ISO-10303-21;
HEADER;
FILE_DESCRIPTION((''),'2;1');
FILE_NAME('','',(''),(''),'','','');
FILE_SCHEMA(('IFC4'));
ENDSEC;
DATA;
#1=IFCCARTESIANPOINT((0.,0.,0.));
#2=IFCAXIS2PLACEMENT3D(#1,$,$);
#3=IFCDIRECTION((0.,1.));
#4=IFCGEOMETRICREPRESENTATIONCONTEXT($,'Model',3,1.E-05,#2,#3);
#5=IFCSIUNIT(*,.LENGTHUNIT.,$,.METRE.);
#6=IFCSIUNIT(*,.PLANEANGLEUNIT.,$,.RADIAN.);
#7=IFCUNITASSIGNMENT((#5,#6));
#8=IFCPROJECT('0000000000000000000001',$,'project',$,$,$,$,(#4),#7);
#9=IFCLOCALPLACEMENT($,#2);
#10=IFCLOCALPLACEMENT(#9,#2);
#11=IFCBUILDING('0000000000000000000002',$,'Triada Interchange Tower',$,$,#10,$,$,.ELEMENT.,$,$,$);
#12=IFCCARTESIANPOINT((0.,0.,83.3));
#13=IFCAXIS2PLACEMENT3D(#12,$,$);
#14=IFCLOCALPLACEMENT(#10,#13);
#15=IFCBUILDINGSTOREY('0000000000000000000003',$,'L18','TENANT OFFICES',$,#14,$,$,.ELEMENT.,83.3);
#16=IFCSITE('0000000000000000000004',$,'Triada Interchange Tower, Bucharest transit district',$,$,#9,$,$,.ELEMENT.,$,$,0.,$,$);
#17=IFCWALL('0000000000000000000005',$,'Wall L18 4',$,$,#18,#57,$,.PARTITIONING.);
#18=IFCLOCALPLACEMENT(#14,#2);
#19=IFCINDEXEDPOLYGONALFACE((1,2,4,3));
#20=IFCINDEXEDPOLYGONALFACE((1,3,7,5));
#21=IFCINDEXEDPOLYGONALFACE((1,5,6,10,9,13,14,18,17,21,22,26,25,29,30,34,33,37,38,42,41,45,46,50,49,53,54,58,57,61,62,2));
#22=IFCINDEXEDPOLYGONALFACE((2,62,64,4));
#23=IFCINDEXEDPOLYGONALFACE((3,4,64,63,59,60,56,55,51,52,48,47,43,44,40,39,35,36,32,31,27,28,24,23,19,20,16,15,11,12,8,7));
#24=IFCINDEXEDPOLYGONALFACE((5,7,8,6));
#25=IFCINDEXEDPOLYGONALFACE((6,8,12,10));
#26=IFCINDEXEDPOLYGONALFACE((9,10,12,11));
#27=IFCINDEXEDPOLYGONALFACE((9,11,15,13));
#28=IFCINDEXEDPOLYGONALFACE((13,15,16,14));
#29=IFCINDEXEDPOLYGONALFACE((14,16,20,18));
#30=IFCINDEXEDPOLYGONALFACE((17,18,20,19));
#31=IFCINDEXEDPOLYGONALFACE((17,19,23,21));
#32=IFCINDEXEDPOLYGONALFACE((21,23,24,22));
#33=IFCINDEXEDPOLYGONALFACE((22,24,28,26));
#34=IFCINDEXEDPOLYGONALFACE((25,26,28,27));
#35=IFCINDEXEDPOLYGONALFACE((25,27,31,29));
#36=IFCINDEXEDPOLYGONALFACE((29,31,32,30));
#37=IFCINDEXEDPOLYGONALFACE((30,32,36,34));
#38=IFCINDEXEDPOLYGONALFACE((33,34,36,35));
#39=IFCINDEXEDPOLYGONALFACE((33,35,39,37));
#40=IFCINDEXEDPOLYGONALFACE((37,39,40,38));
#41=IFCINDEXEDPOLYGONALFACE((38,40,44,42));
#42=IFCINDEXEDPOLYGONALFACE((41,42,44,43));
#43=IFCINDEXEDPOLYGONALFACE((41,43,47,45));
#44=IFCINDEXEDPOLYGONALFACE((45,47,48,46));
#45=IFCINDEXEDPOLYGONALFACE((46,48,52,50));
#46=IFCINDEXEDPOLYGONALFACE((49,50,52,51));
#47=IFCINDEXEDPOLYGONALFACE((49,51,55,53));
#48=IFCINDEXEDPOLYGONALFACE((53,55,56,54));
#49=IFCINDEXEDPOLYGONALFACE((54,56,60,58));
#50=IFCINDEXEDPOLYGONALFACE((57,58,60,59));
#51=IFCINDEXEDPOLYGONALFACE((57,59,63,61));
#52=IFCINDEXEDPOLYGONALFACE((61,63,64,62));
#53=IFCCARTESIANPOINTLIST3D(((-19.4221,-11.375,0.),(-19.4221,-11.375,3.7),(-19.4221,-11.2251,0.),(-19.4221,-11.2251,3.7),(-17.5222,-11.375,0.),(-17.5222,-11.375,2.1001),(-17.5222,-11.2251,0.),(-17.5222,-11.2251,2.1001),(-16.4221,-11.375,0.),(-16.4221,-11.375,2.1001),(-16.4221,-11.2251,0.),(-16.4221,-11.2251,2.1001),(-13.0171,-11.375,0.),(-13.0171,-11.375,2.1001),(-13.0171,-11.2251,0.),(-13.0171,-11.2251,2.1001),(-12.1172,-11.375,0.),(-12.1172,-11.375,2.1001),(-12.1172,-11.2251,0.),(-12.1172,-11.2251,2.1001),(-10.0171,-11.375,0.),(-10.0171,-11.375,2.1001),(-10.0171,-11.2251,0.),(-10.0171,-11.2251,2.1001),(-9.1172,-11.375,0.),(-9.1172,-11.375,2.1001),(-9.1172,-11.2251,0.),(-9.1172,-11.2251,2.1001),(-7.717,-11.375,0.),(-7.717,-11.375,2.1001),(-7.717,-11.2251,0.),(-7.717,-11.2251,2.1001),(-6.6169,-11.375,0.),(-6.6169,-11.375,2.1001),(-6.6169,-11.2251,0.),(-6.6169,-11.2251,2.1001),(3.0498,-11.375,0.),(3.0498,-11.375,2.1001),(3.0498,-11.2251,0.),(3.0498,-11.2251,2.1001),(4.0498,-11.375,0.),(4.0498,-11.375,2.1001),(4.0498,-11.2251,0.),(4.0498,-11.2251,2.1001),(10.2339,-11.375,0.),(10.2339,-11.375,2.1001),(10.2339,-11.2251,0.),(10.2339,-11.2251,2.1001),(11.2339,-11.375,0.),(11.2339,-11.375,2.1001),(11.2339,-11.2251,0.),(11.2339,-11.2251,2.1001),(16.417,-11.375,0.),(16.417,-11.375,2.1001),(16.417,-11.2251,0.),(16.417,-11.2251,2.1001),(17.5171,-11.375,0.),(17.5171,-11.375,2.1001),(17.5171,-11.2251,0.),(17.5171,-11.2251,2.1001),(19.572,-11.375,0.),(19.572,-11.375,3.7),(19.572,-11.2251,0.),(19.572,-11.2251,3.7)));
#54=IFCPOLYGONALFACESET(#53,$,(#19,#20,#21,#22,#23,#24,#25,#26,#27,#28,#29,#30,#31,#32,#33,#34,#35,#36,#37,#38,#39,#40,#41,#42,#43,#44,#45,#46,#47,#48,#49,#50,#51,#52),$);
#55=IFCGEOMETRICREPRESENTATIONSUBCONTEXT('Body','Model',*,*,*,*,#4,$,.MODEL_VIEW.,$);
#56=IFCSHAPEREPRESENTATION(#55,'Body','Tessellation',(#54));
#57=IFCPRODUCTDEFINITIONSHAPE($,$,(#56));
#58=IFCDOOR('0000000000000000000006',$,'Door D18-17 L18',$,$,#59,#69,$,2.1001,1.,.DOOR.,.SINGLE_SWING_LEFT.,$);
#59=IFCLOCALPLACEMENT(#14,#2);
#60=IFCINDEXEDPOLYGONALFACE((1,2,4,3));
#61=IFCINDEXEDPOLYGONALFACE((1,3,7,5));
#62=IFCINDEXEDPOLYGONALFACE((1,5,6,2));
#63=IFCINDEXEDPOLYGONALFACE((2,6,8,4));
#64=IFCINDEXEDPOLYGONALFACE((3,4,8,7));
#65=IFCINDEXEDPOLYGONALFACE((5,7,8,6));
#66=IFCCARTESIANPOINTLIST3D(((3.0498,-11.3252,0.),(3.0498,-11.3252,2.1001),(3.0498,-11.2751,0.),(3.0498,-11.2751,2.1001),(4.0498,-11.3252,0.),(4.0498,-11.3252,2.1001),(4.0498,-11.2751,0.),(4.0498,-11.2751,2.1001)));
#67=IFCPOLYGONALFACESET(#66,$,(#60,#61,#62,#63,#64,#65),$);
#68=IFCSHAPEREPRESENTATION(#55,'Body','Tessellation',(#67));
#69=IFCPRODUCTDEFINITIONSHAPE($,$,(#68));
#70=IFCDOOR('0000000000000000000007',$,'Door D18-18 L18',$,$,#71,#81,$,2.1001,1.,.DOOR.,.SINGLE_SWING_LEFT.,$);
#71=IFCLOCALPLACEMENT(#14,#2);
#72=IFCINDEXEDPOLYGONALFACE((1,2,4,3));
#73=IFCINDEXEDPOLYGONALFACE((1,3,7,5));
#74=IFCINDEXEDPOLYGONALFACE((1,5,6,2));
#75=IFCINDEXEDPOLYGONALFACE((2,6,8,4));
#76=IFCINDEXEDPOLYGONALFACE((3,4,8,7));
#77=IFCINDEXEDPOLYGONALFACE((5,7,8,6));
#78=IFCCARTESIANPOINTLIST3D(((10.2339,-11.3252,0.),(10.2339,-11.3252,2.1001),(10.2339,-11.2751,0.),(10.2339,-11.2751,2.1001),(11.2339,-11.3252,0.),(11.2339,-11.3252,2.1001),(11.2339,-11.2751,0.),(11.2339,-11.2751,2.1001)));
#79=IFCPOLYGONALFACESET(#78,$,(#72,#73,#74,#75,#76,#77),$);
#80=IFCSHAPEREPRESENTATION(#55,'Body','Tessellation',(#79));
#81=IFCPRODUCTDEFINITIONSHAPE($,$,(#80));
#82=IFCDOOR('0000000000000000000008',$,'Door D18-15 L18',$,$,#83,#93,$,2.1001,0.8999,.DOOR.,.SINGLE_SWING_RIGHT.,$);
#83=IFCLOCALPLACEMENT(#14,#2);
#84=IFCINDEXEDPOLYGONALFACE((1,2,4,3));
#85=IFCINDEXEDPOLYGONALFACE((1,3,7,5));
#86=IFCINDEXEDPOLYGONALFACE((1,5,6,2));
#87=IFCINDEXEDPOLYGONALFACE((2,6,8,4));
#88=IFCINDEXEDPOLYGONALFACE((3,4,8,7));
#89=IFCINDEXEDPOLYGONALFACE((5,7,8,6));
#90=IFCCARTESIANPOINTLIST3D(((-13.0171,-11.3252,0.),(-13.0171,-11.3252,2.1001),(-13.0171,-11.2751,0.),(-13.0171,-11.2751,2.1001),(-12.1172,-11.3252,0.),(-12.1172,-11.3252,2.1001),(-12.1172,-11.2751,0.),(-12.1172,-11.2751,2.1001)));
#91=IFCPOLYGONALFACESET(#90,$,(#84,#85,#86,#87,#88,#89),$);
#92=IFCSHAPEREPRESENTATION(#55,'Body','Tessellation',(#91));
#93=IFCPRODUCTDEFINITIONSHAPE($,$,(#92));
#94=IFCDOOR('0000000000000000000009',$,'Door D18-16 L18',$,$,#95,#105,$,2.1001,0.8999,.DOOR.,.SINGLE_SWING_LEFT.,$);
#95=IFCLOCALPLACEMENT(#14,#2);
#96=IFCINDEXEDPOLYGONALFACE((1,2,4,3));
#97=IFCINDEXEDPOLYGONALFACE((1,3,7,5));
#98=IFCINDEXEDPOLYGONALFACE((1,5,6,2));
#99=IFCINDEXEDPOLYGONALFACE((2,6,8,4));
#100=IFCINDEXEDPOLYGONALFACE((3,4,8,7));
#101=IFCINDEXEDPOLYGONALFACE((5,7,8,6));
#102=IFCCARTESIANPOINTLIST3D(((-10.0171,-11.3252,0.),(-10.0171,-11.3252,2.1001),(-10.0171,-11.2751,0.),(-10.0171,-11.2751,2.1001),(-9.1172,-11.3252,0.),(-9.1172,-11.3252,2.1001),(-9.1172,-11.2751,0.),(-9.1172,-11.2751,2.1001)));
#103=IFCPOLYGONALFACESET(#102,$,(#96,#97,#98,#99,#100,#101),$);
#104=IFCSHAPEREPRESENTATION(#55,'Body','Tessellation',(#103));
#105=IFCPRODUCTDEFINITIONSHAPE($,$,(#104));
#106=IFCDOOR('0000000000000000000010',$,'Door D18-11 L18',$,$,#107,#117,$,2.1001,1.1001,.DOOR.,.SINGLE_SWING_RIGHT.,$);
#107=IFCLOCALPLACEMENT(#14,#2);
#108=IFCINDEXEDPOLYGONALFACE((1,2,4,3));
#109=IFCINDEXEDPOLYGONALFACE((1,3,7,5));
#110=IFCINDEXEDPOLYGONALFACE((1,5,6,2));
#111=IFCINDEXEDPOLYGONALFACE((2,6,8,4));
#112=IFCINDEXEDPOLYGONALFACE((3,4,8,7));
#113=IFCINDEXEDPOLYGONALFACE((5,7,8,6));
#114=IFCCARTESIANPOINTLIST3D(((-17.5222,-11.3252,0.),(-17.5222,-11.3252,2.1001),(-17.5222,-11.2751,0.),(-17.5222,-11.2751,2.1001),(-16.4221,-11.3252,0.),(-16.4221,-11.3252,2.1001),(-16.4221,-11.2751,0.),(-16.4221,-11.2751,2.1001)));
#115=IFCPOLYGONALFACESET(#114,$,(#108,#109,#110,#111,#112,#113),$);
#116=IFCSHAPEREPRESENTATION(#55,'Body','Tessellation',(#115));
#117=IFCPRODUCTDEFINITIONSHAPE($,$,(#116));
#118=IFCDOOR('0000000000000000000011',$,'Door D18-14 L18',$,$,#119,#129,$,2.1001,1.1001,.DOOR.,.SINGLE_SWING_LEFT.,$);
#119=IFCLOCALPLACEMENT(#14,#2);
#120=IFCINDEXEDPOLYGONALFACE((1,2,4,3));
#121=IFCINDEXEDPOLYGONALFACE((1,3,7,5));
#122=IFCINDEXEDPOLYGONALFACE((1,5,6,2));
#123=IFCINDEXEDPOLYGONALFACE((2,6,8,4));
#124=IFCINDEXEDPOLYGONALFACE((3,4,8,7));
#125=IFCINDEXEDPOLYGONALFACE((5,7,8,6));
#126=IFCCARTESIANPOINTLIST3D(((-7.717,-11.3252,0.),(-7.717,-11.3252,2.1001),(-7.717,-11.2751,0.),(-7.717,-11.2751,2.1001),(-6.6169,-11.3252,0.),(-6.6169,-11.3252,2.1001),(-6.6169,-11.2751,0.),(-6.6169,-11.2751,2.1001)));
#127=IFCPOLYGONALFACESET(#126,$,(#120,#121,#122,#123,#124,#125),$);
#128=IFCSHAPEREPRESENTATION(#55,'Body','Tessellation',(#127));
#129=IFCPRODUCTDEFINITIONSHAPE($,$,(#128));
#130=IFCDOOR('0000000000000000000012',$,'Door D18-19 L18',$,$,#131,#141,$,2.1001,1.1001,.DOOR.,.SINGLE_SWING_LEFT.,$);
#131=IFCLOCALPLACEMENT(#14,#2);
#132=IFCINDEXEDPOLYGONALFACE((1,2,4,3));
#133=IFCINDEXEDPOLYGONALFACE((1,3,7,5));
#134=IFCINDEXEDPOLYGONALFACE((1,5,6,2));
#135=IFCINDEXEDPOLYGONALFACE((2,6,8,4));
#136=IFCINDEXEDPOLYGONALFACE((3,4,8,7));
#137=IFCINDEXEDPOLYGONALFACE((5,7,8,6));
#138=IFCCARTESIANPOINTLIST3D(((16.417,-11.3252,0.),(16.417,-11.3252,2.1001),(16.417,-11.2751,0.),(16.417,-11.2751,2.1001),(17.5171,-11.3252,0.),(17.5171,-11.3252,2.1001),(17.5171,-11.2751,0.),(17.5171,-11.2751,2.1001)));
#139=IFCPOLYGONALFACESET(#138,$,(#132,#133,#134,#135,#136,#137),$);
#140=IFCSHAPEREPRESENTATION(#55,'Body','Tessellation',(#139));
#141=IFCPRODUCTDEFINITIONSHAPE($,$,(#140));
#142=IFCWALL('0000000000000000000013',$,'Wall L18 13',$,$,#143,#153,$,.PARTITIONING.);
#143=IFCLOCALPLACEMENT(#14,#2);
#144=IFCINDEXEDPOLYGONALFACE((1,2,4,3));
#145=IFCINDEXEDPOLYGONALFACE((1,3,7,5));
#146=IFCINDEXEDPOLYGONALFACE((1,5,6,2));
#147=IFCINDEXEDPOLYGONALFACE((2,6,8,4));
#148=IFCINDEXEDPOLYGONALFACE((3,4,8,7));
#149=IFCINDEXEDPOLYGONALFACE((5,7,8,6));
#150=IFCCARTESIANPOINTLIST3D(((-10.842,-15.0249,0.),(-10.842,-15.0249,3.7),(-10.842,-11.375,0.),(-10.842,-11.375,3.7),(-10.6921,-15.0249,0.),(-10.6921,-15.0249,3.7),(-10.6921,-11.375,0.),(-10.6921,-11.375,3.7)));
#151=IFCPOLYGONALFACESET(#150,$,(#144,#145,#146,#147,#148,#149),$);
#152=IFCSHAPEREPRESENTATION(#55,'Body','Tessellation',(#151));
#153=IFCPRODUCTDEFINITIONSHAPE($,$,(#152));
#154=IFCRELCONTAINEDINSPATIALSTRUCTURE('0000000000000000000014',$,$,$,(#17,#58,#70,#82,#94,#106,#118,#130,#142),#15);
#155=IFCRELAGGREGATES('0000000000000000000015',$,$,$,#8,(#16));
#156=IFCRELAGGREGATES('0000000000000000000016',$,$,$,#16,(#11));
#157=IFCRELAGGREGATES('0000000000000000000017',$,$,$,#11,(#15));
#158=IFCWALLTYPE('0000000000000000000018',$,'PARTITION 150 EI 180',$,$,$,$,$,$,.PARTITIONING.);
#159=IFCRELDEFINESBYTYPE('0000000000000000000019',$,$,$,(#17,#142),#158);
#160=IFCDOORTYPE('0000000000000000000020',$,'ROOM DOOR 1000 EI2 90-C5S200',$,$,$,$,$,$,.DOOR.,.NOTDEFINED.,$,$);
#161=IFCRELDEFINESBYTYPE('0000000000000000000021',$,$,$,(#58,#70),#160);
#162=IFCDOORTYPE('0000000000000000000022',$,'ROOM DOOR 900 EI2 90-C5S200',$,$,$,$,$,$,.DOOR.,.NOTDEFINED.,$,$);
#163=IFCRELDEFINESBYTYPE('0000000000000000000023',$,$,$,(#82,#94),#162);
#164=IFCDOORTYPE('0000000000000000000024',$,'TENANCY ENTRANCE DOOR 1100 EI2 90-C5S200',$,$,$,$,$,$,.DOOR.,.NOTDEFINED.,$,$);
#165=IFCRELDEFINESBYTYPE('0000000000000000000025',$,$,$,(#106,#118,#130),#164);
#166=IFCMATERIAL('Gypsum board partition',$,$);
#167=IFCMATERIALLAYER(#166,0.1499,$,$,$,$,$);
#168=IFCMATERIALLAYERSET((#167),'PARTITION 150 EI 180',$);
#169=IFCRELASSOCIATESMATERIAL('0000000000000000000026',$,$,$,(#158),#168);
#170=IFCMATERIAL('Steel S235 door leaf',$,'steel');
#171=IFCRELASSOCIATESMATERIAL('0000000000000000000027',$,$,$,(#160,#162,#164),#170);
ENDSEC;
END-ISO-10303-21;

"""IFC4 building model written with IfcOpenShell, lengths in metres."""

from ifc_helpers import new_model, si_unit, direction, frame, frame_2d, origin, place, context, subcontext, project, spatial, rectangle, extrude, material, layer, layer_set, type_object, element, fill, save


model = new_model("IFC4")

# Units and contexts
model_context = context("Model", 3, precision=1e-05, world=origin(), true_north=direction((0.0, 1.0)))
body_context = subcontext(model_context, "Body", "Model", "MODEL_VIEW")
ifc_project = project(units=[si_unit("LENGTHUNIT", "METRE"), si_unit("PLANEANGLEUNIT", "RADIAN")], contexts=[model_context])

# Site, building, storey
site_placement = place(None, origin())
site = spatial("IfcSite", under=ifc_project, at=site_placement, Name="Triada Interchange Tower, Bucharest transit district", CompositionType="ELEMENT", RefElevation=0.0)
building_placement = place(site_placement, origin())
building = spatial("IfcBuilding", under=site, at=building_placement, Name="Triada Interchange Tower", CompositionType="ELEMENT")
storey_placement = place(building_placement, frame((0.0, 0.0, 83.3)))
storey = spatial("IfcBuildingStorey", under=building, at=storey_placement, Name="L18", Description="TENANT OFFICES", CompositionType="ELEMENT", Elevation=83.3)

# Wall, openings, doors
ifc_material_1 = material(Name="Gypsum board partition")
ifc_layer_1 = layer(ifc_material_1, 0.1499)
ifc_layer_set_1 = layer_set([ifc_layer_1], Name="PARTITION 150 EI 180")
wall_type_1 = type_object("IfcWallType", Name="PARTITION 150 EI 180", PredefinedType="PARTITIONING", material=ifc_layer_set_1)
ifc_material_2 = material(Name="Steel S235 door leaf", Category="steel")
door_type_1 = type_object("IfcDoorType", Name="ROOM DOOR 1000 EI2 90-C5S200", OperationType="NOTDEFINED", PredefinedType="DOOR", material=ifc_material_2)
door_type_2 = type_object("IfcDoorType", Name="ROOM DOOR 900 EI2 90-C5S200", OperationType="NOTDEFINED", PredefinedType="DOOR", material=ifc_material_2)
door_type_3 = type_object("IfcDoorType", Name="TENANCY ENTRANCE DOOR 1100 EI2 90-C5S200", OperationType="NOTDEFINED", PredefinedType="DOOR", material=ifc_material_2)
wall_1_placement = place(storey_placement, frame((-19.4221, -11.3, 0.0), z_axis=(0.0, 0.0, 1.0), x_axis=(1.0, 0.0, 0.0)))
wall_1 = element("IfcWall", 1, at=wall_1_placement, inside=storey, type_object=wall_type_1, Name="Wall L18 4", PredefinedType="PARTITIONING", context=body_context, shape_type="SweptSolid", body=[
    extrude(rectangle(XDim=38.9941, YDim=0.1499, at=frame_2d((19.4971, 0.0))), origin(), (0.0, 0.0, 1.0), 3.7),
])
opening_1_placement = place(wall_1_placement, frame((1.8999, 0.0, 0.0)))
opening_1 = element("IfcOpeningElement", 2, at=opening_1_placement, cuts=wall_1, PredefinedType="OPENING", context=body_context, shape_type="SweptSolid", body=[
    extrude(rectangle(XDim=1.1001, YDim=2.1001, at=frame_2d((0.55, 1.05))), frame((0.0, 0.085, 0.0), z_axis=(0.0, -1.0, 0.0), x_axis=(1.0, 0.0, 0.0)), (0.0, 0.0, 1.0), 0.1699),
])
opening_2_placement = place(wall_1_placement, frame((11.7051, 0.0, 0.0)))
opening_2 = element("IfcOpeningElement", 3, at=opening_2_placement, cuts=wall_1, PredefinedType="OPENING", context=body_context, shape_type="SweptSolid", body=[
    extrude(rectangle(XDim=1.1001, YDim=2.1001, at=frame_2d((0.55, 1.05))), frame((0.0, 0.085, 0.0), z_axis=(0.0, -1.0, 0.0), x_axis=(1.0, 0.0, 0.0)), (0.0, 0.0, 1.0), 0.1699),
])
opening_3_placement = place(wall_1_placement, frame((6.405, 0.0, 0.0)))
opening_3 = element("IfcOpeningElement", 4, at=opening_3_placement, cuts=wall_1, PredefinedType="OPENING", context=body_context, shape_type="SweptSolid", body=[
    extrude(rectangle(XDim=0.8999, YDim=2.1001, at=frame_2d((0.45, 1.05))), frame((0.0, 0.085, 0.0), z_axis=(0.0, -1.0, 0.0), x_axis=(1.0, 0.0, 0.0)), (0.0, 0.0, 1.0), 0.1699),
])
opening_4_placement = place(wall_1_placement, frame((9.405, 0.0, 0.0)))
opening_4 = element("IfcOpeningElement", 5, at=opening_4_placement, cuts=wall_1, PredefinedType="OPENING", context=body_context, shape_type="SweptSolid", body=[
    extrude(rectangle(XDim=0.8999, YDim=2.1001, at=frame_2d((0.45, 1.05))), frame((0.0, 0.085, 0.0), z_axis=(0.0, -1.0, 0.0), x_axis=(1.0, 0.0, 0.0)), (0.0, 0.0, 1.0), 0.1699),
])
opening_5_placement = place(wall_1_placement, frame((22.4719, 0.0, 0.0)))
opening_5 = element("IfcOpeningElement", 6, at=opening_5_placement, cuts=wall_1, PredefinedType="OPENING", context=body_context, shape_type="SweptSolid", body=[
    extrude(rectangle(XDim=1.0, YDim=2.1001, at=frame_2d((0.5, 1.05))), frame((0.0, 0.085, 0.0), z_axis=(0.0, -1.0, 0.0), x_axis=(1.0, 0.0, 0.0)), (0.0, 0.0, 1.0), 0.1699),
])
opening_6_placement = place(wall_1_placement, frame((29.656, 0.0, 0.0)))
opening_6 = element("IfcOpeningElement", 7, at=opening_6_placement, cuts=wall_1, PredefinedType="OPENING", context=body_context, shape_type="SweptSolid", body=[
    extrude(rectangle(XDim=1.0, YDim=2.1001, at=frame_2d((0.5, 1.05))), frame((0.0, 0.085, 0.0), z_axis=(0.0, -1.0, 0.0), x_axis=(1.0, 0.0, 0.0)), (0.0, 0.0, 1.0), 0.1699),
])
opening_7_placement = place(wall_1_placement, frame((35.8391, 0.0, 0.0)))
opening_7 = element("IfcOpeningElement", 8, at=opening_7_placement, cuts=wall_1, PredefinedType="OPENING", context=body_context, shape_type="SweptSolid", body=[
    extrude(rectangle(XDim=1.1001, YDim=2.1001, at=frame_2d((0.55, 1.05))), frame((0.0, 0.085, 0.0), z_axis=(0.0, -1.0, 0.0), x_axis=(1.0, 0.0, 0.0)), (0.0, 0.0, 1.0), 0.1699),
])
door_1_placement = place(opening_5_placement, origin())
door_1 = element("IfcDoor", 9, at=door_1_placement, inside=storey, type_object=door_type_1, Name="Door D18-17 L18", OperationType="SINGLE_SWING_LEFT", OverallHeight=2.1001, OverallWidth=1.0, PredefinedType="DOOR", context=body_context, shape_type="SweptSolid", body=[
    extrude(rectangle(XDim=1.0, YDim=2.1001, at=frame_2d((0.5, 1.05))), frame((0.0, 0.0249, 0.0), z_axis=(0.0, -1.0, 0.0), x_axis=(1.0, 0.0, 0.0)), (0.0, 0.0, 1.0), 0.05),
])
fill(opening_5, door_1)
door_2_placement = place(opening_6_placement, origin())
door_2 = element("IfcDoor", 10, at=door_2_placement, inside=storey, type_object=door_type_1, Name="Door D18-18 L18", OperationType="SINGLE_SWING_LEFT", OverallHeight=2.1001, OverallWidth=1.0, PredefinedType="DOOR", context=body_context, shape_type="SweptSolid", body=[
    extrude(rectangle(XDim=1.0, YDim=2.1001, at=frame_2d((0.5, 1.05))), frame((0.0, 0.0249, 0.0), z_axis=(0.0, -1.0, 0.0), x_axis=(1.0, 0.0, 0.0)), (0.0, 0.0, 1.0), 0.05),
])
fill(opening_6, door_2)
door_3_placement = place(opening_3_placement, origin())
door_3 = element("IfcDoor", 11, at=door_3_placement, inside=storey, type_object=door_type_2, Name="Door D18-15 L18", OperationType="SINGLE_SWING_RIGHT", OverallHeight=2.1001, OverallWidth=0.8999, PredefinedType="DOOR", context=body_context, shape_type="SweptSolid", body=[
    extrude(rectangle(XDim=0.8999, YDim=2.1001, at=frame_2d((0.45, 1.05))), frame((0.0, 0.0249, 0.0), z_axis=(0.0, -1.0, 0.0), x_axis=(1.0, 0.0, 0.0)), (0.0, 0.0, 1.0), 0.05),
])
fill(opening_3, door_3)
door_4_placement = place(opening_4_placement, origin())
door_4 = element("IfcDoor", 12, at=door_4_placement, inside=storey, type_object=door_type_2, Name="Door D18-16 L18", OperationType="SINGLE_SWING_LEFT", OverallHeight=2.1001, OverallWidth=0.8999, PredefinedType="DOOR", context=body_context, shape_type="SweptSolid", body=[
    extrude(rectangle(XDim=0.8999, YDim=2.1001, at=frame_2d((0.45, 1.05))), frame((0.0, 0.0249, 0.0), z_axis=(0.0, -1.0, 0.0), x_axis=(1.0, 0.0, 0.0)), (0.0, 0.0, 1.0), 0.05),
])
fill(opening_4, door_4)
door_5_placement = place(opening_1_placement, origin())
door_5 = element("IfcDoor", 13, at=door_5_placement, inside=storey, type_object=door_type_3, Name="Door D18-11 L18", OperationType="SINGLE_SWING_RIGHT", OverallHeight=2.1001, OverallWidth=1.1001, PredefinedType="DOOR", context=body_context, shape_type="SweptSolid", body=[
    extrude(rectangle(XDim=1.1001, YDim=2.1001, at=frame_2d((0.55, 1.05))), frame((0.0, 0.0249, 0.0), z_axis=(0.0, -1.0, 0.0), x_axis=(1.0, 0.0, 0.0)), (0.0, 0.0, 1.0), 0.05),
])
fill(opening_1, door_5)
door_6_placement = place(opening_2_placement, origin())
door_6 = element("IfcDoor", 14, at=door_6_placement, inside=storey, type_object=door_type_3, Name="Door D18-14 L18", OperationType="SINGLE_SWING_LEFT", OverallHeight=2.1001, OverallWidth=1.1001, PredefinedType="DOOR", context=body_context, shape_type="SweptSolid", body=[
    extrude(rectangle(XDim=1.1001, YDim=2.1001, at=frame_2d((0.55, 1.05))), frame((0.0, 0.0249, 0.0), z_axis=(0.0, -1.0, 0.0), x_axis=(1.0, 0.0, 0.0)), (0.0, 0.0, 1.0), 0.05),
])
fill(opening_2, door_6)
door_7_placement = place(opening_7_placement, origin())
door_7 = element("IfcDoor", 15, at=door_7_placement, inside=storey, type_object=door_type_3, Name="Door D18-19 L18", OperationType="SINGLE_SWING_LEFT", OverallHeight=2.1001, OverallWidth=1.1001, PredefinedType="DOOR", context=body_context, shape_type="SweptSolid", body=[
    extrude(rectangle(XDim=1.1001, YDim=2.1001, at=frame_2d((0.55, 1.05))), frame((0.0, 0.0249, 0.0), z_axis=(0.0, -1.0, 0.0), x_axis=(1.0, 0.0, 0.0)), (0.0, 0.0, 1.0), 0.05),
])
fill(opening_7, door_7)

# Wall
wall_2_placement = place(storey_placement, frame((-10.7671, -15.0249, 0.0), z_axis=(0.0, 0.0, 1.0), x_axis=(0.0, 1.0, 0.0)))
element("IfcWall", 16, at=wall_2_placement, inside=storey, type_object=wall_type_1, Name="Wall L18 13", PredefinedType="PARTITIONING", context=body_context, shape_type="SweptSolid", body=[
    extrude(rectangle(XDim=3.6499, YDim=0.1499, at=frame_2d((1.825, 0.0))), origin(), (0.0, 0.0, 1.0), 3.7),
])

save(model, "model.ifc")
